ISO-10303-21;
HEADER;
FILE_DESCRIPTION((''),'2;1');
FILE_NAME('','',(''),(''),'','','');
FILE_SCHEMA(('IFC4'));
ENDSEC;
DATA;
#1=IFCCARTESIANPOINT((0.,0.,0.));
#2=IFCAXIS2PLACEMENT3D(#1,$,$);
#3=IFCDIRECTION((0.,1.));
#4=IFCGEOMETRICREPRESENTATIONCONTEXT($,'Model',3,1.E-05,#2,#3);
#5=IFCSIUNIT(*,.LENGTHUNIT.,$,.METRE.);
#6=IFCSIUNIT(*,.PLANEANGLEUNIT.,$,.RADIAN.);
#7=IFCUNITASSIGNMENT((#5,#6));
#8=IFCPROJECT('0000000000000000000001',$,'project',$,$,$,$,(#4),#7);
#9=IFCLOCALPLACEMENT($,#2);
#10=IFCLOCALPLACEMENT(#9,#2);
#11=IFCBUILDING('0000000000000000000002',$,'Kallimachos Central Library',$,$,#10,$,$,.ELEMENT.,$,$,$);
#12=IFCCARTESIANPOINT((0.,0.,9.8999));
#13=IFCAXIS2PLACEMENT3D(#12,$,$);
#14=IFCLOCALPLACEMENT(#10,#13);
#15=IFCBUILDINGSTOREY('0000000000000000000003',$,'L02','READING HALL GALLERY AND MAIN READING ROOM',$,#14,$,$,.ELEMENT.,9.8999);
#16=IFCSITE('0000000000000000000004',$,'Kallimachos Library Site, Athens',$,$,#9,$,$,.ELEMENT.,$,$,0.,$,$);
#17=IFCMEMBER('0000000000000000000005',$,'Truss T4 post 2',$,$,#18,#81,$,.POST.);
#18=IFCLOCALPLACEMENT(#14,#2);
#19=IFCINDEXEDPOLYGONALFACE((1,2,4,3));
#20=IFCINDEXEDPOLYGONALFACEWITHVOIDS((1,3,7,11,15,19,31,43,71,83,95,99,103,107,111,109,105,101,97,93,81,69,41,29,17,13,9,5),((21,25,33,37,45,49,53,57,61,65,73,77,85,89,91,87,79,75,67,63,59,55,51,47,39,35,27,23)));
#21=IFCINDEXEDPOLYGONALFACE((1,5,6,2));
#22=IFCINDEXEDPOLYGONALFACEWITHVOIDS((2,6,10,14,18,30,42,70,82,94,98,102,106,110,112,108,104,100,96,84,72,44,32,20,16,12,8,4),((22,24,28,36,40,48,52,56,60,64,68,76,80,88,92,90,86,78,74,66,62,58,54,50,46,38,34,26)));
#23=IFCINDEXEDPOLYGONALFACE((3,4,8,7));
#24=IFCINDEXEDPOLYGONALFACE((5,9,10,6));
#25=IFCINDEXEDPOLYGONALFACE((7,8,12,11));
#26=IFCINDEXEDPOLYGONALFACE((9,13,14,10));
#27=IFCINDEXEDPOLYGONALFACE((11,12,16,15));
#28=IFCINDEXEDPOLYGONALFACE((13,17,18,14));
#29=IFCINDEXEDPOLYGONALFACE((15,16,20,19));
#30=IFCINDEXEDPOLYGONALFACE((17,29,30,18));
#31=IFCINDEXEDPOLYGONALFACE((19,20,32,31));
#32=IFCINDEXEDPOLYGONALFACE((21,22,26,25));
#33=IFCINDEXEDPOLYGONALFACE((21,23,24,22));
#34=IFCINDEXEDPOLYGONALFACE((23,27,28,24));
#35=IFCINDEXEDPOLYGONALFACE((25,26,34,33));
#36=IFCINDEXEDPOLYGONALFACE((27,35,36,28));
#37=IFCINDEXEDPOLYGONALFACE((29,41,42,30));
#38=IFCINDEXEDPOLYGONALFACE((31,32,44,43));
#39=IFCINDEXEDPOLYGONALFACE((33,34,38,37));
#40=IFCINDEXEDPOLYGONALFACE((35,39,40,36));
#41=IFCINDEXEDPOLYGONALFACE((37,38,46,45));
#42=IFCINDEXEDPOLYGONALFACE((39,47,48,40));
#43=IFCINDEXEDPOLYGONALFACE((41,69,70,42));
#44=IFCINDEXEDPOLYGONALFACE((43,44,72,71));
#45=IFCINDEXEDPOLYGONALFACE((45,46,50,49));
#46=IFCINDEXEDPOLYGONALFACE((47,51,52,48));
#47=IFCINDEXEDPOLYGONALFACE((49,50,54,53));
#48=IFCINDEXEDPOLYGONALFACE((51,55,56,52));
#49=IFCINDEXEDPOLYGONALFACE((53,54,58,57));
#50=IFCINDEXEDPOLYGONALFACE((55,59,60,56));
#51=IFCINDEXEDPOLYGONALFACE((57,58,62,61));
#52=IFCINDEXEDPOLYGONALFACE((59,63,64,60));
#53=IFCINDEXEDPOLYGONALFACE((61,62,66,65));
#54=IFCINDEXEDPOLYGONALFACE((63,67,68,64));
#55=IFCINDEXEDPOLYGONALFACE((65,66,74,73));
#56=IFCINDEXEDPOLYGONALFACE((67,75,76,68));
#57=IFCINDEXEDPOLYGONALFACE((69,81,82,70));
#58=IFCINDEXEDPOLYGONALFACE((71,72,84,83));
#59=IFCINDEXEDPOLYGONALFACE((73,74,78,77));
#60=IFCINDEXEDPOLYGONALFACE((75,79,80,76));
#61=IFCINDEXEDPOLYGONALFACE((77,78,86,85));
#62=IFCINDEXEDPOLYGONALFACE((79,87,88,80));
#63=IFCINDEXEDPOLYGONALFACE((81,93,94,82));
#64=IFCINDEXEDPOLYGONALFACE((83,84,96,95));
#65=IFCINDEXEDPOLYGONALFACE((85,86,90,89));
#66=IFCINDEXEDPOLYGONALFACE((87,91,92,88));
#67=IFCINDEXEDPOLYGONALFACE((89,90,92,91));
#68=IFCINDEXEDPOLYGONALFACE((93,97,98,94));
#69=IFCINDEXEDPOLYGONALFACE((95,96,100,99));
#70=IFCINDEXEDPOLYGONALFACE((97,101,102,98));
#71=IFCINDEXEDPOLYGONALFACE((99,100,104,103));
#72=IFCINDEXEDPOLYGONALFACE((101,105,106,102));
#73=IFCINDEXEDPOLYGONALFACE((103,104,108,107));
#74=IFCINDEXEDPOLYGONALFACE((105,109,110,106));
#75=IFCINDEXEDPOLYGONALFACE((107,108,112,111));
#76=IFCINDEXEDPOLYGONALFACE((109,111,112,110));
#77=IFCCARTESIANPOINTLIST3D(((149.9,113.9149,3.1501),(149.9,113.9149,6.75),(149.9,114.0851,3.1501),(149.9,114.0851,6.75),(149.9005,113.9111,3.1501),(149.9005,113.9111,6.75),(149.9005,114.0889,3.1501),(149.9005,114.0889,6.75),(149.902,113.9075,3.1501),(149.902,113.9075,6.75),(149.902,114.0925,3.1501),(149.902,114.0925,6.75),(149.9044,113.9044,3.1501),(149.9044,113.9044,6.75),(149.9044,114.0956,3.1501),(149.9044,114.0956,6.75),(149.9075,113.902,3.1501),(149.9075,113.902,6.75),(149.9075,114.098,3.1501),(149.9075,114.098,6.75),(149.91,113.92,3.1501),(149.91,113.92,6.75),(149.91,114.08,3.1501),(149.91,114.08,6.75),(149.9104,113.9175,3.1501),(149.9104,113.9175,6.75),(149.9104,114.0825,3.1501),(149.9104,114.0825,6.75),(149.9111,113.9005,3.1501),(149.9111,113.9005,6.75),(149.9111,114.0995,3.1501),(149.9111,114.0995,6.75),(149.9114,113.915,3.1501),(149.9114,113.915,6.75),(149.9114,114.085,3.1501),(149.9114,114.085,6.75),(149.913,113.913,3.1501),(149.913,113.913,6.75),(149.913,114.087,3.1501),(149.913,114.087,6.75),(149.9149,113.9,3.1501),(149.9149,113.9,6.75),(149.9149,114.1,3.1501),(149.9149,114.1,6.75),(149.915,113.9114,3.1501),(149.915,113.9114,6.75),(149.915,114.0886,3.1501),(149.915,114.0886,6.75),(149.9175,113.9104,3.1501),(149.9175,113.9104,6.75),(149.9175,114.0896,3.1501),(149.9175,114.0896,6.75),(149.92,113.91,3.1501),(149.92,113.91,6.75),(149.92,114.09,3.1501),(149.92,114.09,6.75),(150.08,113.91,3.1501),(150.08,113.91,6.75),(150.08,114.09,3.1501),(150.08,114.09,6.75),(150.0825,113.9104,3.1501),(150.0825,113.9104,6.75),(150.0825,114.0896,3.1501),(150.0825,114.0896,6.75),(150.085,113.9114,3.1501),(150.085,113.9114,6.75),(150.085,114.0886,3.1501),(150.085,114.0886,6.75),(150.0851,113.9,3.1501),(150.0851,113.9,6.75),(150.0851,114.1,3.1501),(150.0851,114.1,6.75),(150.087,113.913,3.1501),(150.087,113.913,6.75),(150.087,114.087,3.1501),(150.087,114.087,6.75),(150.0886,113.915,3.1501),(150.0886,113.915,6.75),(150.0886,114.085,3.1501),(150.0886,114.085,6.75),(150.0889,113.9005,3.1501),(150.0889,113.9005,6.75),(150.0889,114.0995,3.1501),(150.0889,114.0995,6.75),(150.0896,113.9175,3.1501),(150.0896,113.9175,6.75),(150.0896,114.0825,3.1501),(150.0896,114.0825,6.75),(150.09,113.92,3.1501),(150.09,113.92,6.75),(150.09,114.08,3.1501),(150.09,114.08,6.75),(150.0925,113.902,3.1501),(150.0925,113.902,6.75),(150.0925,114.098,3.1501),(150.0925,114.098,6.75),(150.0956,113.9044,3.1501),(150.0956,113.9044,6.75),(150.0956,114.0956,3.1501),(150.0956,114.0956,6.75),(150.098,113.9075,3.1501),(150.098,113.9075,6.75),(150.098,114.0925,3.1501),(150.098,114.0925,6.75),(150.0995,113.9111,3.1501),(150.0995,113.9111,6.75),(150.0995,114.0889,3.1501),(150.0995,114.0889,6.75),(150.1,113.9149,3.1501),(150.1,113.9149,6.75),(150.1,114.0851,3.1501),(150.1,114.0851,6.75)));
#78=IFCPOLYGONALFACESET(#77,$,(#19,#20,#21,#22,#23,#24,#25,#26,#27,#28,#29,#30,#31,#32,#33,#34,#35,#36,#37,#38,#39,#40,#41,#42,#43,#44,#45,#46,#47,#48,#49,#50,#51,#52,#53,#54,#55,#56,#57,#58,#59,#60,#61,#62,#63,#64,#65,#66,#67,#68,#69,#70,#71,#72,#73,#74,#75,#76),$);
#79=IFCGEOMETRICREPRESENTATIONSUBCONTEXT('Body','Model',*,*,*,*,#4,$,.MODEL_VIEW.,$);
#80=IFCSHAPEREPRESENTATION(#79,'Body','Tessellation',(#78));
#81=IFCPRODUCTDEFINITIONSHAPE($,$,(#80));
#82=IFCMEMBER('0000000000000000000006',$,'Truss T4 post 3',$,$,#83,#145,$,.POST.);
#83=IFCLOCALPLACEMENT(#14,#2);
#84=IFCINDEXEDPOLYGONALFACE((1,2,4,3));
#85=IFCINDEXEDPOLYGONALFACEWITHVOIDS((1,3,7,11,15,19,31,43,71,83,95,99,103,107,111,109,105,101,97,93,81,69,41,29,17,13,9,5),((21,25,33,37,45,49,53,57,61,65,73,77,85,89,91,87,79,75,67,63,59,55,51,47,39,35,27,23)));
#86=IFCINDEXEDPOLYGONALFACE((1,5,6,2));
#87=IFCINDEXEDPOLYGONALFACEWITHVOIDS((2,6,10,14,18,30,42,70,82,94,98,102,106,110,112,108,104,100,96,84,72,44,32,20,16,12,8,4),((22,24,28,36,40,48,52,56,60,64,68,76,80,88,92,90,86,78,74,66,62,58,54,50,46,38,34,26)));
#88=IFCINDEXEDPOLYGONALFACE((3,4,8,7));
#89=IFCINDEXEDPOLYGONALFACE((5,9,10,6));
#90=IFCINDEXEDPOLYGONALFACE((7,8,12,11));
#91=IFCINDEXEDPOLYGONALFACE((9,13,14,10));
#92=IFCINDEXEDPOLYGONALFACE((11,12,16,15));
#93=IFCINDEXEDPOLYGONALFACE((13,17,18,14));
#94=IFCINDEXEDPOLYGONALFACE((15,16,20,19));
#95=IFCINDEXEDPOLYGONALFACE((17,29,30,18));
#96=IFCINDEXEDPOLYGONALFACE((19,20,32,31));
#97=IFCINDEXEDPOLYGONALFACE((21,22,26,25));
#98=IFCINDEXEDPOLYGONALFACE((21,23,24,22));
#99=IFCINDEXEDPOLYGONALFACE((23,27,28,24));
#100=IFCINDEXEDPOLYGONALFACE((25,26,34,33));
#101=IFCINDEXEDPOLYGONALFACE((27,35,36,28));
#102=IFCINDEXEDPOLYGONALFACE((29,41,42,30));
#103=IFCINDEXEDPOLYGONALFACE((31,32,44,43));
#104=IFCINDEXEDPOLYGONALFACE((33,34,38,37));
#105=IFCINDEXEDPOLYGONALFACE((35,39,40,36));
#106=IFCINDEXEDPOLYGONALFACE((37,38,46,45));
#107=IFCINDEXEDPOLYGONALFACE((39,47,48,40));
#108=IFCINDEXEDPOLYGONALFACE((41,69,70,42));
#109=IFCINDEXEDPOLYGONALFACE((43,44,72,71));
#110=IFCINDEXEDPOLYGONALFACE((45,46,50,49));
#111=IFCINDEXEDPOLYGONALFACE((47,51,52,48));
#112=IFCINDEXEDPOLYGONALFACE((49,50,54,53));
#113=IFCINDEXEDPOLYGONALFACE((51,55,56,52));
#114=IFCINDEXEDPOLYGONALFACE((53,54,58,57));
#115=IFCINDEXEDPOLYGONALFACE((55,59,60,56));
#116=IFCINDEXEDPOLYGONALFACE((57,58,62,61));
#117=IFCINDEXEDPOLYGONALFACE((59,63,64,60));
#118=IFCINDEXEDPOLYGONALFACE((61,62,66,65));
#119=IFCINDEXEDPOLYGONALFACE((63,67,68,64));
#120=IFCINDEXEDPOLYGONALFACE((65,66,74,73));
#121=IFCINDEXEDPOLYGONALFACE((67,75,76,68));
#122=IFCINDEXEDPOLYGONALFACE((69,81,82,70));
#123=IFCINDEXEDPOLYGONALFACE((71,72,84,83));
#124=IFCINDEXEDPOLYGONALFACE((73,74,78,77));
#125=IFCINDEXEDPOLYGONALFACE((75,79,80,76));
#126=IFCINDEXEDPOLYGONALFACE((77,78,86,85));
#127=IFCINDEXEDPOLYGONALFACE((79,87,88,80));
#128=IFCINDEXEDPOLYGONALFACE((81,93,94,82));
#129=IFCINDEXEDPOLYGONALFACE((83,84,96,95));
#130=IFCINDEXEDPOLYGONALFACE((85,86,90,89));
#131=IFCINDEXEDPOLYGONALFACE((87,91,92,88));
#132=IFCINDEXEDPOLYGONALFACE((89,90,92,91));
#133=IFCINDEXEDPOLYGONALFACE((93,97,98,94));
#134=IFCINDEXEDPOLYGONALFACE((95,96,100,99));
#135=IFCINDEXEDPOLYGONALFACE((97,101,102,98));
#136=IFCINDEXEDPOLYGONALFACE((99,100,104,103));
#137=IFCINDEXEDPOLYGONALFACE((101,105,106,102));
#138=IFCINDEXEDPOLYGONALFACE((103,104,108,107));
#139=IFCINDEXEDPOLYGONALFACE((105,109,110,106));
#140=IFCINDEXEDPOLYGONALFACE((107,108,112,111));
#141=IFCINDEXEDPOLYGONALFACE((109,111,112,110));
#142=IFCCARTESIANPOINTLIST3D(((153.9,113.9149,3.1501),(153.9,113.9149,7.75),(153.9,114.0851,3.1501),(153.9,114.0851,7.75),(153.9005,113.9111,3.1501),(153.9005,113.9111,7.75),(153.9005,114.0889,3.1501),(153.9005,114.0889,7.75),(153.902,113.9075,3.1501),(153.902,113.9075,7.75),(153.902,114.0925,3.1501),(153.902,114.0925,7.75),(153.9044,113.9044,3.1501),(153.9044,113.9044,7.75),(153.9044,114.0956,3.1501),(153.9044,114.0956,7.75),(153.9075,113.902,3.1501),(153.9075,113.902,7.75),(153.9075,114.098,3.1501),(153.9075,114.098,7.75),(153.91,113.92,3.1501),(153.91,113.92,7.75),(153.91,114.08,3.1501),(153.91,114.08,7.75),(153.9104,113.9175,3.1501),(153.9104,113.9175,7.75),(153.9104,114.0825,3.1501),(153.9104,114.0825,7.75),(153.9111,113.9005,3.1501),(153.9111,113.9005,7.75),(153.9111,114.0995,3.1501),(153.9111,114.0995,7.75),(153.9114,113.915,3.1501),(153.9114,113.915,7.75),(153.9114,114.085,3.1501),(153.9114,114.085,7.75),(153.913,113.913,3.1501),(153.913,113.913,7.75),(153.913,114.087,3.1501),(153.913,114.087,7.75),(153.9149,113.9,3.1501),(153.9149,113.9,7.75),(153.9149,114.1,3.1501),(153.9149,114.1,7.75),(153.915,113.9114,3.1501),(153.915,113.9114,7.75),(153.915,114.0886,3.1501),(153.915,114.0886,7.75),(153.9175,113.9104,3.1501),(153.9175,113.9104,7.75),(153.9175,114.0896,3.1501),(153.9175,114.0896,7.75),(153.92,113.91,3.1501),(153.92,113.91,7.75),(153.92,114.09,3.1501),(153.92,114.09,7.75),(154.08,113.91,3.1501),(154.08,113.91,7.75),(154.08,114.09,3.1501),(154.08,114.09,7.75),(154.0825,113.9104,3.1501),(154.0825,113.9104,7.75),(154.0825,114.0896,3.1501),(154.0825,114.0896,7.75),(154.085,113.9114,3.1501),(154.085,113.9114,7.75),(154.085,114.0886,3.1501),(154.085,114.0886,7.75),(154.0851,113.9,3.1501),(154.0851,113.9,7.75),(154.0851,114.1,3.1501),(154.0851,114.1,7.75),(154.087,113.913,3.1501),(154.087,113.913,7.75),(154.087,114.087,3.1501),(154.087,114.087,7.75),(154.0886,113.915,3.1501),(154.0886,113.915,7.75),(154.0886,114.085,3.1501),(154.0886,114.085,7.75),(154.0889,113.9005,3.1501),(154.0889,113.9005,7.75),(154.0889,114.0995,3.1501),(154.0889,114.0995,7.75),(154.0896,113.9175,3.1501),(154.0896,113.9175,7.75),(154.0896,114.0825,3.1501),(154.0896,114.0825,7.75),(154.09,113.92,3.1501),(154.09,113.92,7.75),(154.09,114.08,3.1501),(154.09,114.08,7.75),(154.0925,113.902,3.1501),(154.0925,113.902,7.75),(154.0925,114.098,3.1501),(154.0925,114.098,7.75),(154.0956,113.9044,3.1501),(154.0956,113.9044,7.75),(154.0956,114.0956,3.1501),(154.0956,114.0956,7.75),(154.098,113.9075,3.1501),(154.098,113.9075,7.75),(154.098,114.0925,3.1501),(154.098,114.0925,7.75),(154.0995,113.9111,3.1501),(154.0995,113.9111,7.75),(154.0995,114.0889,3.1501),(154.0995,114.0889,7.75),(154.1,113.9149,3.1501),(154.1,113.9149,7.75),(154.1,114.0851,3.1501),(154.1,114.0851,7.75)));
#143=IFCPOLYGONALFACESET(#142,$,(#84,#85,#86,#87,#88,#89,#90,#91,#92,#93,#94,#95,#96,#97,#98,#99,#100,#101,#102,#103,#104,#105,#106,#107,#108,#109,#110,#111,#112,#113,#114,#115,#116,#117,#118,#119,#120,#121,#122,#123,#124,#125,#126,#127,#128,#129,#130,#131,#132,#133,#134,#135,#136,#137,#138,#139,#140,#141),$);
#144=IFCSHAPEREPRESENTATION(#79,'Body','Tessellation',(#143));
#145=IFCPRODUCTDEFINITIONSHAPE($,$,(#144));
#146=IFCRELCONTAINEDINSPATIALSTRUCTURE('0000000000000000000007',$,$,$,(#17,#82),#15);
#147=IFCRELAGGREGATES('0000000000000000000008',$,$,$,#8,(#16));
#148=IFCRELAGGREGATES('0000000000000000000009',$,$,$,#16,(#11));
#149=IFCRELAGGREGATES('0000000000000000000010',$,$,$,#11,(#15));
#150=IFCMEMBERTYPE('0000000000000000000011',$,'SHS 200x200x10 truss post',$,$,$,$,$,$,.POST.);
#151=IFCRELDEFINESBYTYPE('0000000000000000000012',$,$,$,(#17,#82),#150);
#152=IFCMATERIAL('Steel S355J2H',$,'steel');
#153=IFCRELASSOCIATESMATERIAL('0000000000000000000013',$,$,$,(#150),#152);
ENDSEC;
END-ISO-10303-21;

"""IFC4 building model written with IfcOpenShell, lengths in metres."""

from ifc_helpers import new_model, si_unit, direction, frame, origin, origin_2d, place, context, subcontext, project, spatial, hollow_rectangle, extrude, material, material_profile, profile_set, type_object, element, save


model = new_model("IFC4")

# Units and contexts
model_context = context("Model", 3, precision=1e-05, world=origin(), true_north=direction((0.0, 1.0)))
body_context = subcontext(model_context, "Body", "Model", "MODEL_VIEW")
ifc_project = project(units=[si_unit("LENGTHUNIT", "METRE"), si_unit("PLANEANGLEUNIT", "RADIAN")], contexts=[model_context])

# Site, building, storey
site_placement = place(None, origin())
site = spatial("IfcSite", under=ifc_project, at=site_placement, Name="Kallimachos Library Site, Athens", CompositionType="ELEMENT", RefElevation=0.0)
building_placement = place(site_placement, origin())
building = spatial("IfcBuilding", under=site, at=building_placement, Name="Kallimachos Central Library", CompositionType="ELEMENT")
storey_placement = place(building_placement, frame((0.0, 0.0, 9.8999)))
storey = spatial("IfcBuildingStorey", under=building, at=storey_placement, Name="L02", Description="READING HALL GALLERY AND MAIN READING ROOM", CompositionType="ELEMENT", Elevation=9.8999)

# Members
ifc_material_1 = material(Name="Steel S355J2H", Category="steel")
ifc_material_profile_1 = material_profile(ifc_material_1, hollow_rectangle(XDim=0.2, YDim=0.2, WallThickness=0.01, InnerFilletRadius=0.01, OuterFilletRadius=0.0149, at=origin_2d()), Name="SHS 200x200x10")
ifc_profile_set_1 = profile_set([ifc_material_profile_1], Name="Steel S355J2H")
member_type_1 = type_object("IfcMemberType", Name="SHS 200x200x10 truss post", PredefinedType="POST", material=ifc_profile_set_1)
member_1_placement = place(storey_placement, frame((150.0, 114.0, 3.1501), z_axis=(0.0, 0.0, 1.0), x_axis=(1.0, 0.0, 0.0)))
element("IfcMember", 1, at=member_1_placement, inside=storey, type_object=member_type_1, Name="Truss T4 post 2", PredefinedType="POST", context=body_context, shape_type="SweptSolid", body=[
    extrude(hollow_rectangle(XDim=0.2, YDim=0.2, WallThickness=0.01, InnerFilletRadius=0.01, OuterFilletRadius=0.0149, at=origin_2d()), origin(), (0.0, 0.0, 1.0), 3.5999),
])
member_2_placement = place(storey_placement, frame((154.0, 114.0, 3.1501), z_axis=(0.0, 0.0, 1.0), x_axis=(1.0, 0.0, 0.0)))
element("IfcMember", 2, at=member_2_placement, inside=storey, type_object=member_type_1, Name="Truss T4 post 3", PredefinedType="POST", context=body_context, shape_type="SweptSolid", body=[
    extrude(hollow_rectangle(XDim=0.2, YDim=0.2, WallThickness=0.01, InnerFilletRadius=0.01, OuterFilletRadius=0.0149, at=origin_2d()), origin(), (0.0, 0.0, 1.0), 4.5999),
])

save(model, "model.ifc")
